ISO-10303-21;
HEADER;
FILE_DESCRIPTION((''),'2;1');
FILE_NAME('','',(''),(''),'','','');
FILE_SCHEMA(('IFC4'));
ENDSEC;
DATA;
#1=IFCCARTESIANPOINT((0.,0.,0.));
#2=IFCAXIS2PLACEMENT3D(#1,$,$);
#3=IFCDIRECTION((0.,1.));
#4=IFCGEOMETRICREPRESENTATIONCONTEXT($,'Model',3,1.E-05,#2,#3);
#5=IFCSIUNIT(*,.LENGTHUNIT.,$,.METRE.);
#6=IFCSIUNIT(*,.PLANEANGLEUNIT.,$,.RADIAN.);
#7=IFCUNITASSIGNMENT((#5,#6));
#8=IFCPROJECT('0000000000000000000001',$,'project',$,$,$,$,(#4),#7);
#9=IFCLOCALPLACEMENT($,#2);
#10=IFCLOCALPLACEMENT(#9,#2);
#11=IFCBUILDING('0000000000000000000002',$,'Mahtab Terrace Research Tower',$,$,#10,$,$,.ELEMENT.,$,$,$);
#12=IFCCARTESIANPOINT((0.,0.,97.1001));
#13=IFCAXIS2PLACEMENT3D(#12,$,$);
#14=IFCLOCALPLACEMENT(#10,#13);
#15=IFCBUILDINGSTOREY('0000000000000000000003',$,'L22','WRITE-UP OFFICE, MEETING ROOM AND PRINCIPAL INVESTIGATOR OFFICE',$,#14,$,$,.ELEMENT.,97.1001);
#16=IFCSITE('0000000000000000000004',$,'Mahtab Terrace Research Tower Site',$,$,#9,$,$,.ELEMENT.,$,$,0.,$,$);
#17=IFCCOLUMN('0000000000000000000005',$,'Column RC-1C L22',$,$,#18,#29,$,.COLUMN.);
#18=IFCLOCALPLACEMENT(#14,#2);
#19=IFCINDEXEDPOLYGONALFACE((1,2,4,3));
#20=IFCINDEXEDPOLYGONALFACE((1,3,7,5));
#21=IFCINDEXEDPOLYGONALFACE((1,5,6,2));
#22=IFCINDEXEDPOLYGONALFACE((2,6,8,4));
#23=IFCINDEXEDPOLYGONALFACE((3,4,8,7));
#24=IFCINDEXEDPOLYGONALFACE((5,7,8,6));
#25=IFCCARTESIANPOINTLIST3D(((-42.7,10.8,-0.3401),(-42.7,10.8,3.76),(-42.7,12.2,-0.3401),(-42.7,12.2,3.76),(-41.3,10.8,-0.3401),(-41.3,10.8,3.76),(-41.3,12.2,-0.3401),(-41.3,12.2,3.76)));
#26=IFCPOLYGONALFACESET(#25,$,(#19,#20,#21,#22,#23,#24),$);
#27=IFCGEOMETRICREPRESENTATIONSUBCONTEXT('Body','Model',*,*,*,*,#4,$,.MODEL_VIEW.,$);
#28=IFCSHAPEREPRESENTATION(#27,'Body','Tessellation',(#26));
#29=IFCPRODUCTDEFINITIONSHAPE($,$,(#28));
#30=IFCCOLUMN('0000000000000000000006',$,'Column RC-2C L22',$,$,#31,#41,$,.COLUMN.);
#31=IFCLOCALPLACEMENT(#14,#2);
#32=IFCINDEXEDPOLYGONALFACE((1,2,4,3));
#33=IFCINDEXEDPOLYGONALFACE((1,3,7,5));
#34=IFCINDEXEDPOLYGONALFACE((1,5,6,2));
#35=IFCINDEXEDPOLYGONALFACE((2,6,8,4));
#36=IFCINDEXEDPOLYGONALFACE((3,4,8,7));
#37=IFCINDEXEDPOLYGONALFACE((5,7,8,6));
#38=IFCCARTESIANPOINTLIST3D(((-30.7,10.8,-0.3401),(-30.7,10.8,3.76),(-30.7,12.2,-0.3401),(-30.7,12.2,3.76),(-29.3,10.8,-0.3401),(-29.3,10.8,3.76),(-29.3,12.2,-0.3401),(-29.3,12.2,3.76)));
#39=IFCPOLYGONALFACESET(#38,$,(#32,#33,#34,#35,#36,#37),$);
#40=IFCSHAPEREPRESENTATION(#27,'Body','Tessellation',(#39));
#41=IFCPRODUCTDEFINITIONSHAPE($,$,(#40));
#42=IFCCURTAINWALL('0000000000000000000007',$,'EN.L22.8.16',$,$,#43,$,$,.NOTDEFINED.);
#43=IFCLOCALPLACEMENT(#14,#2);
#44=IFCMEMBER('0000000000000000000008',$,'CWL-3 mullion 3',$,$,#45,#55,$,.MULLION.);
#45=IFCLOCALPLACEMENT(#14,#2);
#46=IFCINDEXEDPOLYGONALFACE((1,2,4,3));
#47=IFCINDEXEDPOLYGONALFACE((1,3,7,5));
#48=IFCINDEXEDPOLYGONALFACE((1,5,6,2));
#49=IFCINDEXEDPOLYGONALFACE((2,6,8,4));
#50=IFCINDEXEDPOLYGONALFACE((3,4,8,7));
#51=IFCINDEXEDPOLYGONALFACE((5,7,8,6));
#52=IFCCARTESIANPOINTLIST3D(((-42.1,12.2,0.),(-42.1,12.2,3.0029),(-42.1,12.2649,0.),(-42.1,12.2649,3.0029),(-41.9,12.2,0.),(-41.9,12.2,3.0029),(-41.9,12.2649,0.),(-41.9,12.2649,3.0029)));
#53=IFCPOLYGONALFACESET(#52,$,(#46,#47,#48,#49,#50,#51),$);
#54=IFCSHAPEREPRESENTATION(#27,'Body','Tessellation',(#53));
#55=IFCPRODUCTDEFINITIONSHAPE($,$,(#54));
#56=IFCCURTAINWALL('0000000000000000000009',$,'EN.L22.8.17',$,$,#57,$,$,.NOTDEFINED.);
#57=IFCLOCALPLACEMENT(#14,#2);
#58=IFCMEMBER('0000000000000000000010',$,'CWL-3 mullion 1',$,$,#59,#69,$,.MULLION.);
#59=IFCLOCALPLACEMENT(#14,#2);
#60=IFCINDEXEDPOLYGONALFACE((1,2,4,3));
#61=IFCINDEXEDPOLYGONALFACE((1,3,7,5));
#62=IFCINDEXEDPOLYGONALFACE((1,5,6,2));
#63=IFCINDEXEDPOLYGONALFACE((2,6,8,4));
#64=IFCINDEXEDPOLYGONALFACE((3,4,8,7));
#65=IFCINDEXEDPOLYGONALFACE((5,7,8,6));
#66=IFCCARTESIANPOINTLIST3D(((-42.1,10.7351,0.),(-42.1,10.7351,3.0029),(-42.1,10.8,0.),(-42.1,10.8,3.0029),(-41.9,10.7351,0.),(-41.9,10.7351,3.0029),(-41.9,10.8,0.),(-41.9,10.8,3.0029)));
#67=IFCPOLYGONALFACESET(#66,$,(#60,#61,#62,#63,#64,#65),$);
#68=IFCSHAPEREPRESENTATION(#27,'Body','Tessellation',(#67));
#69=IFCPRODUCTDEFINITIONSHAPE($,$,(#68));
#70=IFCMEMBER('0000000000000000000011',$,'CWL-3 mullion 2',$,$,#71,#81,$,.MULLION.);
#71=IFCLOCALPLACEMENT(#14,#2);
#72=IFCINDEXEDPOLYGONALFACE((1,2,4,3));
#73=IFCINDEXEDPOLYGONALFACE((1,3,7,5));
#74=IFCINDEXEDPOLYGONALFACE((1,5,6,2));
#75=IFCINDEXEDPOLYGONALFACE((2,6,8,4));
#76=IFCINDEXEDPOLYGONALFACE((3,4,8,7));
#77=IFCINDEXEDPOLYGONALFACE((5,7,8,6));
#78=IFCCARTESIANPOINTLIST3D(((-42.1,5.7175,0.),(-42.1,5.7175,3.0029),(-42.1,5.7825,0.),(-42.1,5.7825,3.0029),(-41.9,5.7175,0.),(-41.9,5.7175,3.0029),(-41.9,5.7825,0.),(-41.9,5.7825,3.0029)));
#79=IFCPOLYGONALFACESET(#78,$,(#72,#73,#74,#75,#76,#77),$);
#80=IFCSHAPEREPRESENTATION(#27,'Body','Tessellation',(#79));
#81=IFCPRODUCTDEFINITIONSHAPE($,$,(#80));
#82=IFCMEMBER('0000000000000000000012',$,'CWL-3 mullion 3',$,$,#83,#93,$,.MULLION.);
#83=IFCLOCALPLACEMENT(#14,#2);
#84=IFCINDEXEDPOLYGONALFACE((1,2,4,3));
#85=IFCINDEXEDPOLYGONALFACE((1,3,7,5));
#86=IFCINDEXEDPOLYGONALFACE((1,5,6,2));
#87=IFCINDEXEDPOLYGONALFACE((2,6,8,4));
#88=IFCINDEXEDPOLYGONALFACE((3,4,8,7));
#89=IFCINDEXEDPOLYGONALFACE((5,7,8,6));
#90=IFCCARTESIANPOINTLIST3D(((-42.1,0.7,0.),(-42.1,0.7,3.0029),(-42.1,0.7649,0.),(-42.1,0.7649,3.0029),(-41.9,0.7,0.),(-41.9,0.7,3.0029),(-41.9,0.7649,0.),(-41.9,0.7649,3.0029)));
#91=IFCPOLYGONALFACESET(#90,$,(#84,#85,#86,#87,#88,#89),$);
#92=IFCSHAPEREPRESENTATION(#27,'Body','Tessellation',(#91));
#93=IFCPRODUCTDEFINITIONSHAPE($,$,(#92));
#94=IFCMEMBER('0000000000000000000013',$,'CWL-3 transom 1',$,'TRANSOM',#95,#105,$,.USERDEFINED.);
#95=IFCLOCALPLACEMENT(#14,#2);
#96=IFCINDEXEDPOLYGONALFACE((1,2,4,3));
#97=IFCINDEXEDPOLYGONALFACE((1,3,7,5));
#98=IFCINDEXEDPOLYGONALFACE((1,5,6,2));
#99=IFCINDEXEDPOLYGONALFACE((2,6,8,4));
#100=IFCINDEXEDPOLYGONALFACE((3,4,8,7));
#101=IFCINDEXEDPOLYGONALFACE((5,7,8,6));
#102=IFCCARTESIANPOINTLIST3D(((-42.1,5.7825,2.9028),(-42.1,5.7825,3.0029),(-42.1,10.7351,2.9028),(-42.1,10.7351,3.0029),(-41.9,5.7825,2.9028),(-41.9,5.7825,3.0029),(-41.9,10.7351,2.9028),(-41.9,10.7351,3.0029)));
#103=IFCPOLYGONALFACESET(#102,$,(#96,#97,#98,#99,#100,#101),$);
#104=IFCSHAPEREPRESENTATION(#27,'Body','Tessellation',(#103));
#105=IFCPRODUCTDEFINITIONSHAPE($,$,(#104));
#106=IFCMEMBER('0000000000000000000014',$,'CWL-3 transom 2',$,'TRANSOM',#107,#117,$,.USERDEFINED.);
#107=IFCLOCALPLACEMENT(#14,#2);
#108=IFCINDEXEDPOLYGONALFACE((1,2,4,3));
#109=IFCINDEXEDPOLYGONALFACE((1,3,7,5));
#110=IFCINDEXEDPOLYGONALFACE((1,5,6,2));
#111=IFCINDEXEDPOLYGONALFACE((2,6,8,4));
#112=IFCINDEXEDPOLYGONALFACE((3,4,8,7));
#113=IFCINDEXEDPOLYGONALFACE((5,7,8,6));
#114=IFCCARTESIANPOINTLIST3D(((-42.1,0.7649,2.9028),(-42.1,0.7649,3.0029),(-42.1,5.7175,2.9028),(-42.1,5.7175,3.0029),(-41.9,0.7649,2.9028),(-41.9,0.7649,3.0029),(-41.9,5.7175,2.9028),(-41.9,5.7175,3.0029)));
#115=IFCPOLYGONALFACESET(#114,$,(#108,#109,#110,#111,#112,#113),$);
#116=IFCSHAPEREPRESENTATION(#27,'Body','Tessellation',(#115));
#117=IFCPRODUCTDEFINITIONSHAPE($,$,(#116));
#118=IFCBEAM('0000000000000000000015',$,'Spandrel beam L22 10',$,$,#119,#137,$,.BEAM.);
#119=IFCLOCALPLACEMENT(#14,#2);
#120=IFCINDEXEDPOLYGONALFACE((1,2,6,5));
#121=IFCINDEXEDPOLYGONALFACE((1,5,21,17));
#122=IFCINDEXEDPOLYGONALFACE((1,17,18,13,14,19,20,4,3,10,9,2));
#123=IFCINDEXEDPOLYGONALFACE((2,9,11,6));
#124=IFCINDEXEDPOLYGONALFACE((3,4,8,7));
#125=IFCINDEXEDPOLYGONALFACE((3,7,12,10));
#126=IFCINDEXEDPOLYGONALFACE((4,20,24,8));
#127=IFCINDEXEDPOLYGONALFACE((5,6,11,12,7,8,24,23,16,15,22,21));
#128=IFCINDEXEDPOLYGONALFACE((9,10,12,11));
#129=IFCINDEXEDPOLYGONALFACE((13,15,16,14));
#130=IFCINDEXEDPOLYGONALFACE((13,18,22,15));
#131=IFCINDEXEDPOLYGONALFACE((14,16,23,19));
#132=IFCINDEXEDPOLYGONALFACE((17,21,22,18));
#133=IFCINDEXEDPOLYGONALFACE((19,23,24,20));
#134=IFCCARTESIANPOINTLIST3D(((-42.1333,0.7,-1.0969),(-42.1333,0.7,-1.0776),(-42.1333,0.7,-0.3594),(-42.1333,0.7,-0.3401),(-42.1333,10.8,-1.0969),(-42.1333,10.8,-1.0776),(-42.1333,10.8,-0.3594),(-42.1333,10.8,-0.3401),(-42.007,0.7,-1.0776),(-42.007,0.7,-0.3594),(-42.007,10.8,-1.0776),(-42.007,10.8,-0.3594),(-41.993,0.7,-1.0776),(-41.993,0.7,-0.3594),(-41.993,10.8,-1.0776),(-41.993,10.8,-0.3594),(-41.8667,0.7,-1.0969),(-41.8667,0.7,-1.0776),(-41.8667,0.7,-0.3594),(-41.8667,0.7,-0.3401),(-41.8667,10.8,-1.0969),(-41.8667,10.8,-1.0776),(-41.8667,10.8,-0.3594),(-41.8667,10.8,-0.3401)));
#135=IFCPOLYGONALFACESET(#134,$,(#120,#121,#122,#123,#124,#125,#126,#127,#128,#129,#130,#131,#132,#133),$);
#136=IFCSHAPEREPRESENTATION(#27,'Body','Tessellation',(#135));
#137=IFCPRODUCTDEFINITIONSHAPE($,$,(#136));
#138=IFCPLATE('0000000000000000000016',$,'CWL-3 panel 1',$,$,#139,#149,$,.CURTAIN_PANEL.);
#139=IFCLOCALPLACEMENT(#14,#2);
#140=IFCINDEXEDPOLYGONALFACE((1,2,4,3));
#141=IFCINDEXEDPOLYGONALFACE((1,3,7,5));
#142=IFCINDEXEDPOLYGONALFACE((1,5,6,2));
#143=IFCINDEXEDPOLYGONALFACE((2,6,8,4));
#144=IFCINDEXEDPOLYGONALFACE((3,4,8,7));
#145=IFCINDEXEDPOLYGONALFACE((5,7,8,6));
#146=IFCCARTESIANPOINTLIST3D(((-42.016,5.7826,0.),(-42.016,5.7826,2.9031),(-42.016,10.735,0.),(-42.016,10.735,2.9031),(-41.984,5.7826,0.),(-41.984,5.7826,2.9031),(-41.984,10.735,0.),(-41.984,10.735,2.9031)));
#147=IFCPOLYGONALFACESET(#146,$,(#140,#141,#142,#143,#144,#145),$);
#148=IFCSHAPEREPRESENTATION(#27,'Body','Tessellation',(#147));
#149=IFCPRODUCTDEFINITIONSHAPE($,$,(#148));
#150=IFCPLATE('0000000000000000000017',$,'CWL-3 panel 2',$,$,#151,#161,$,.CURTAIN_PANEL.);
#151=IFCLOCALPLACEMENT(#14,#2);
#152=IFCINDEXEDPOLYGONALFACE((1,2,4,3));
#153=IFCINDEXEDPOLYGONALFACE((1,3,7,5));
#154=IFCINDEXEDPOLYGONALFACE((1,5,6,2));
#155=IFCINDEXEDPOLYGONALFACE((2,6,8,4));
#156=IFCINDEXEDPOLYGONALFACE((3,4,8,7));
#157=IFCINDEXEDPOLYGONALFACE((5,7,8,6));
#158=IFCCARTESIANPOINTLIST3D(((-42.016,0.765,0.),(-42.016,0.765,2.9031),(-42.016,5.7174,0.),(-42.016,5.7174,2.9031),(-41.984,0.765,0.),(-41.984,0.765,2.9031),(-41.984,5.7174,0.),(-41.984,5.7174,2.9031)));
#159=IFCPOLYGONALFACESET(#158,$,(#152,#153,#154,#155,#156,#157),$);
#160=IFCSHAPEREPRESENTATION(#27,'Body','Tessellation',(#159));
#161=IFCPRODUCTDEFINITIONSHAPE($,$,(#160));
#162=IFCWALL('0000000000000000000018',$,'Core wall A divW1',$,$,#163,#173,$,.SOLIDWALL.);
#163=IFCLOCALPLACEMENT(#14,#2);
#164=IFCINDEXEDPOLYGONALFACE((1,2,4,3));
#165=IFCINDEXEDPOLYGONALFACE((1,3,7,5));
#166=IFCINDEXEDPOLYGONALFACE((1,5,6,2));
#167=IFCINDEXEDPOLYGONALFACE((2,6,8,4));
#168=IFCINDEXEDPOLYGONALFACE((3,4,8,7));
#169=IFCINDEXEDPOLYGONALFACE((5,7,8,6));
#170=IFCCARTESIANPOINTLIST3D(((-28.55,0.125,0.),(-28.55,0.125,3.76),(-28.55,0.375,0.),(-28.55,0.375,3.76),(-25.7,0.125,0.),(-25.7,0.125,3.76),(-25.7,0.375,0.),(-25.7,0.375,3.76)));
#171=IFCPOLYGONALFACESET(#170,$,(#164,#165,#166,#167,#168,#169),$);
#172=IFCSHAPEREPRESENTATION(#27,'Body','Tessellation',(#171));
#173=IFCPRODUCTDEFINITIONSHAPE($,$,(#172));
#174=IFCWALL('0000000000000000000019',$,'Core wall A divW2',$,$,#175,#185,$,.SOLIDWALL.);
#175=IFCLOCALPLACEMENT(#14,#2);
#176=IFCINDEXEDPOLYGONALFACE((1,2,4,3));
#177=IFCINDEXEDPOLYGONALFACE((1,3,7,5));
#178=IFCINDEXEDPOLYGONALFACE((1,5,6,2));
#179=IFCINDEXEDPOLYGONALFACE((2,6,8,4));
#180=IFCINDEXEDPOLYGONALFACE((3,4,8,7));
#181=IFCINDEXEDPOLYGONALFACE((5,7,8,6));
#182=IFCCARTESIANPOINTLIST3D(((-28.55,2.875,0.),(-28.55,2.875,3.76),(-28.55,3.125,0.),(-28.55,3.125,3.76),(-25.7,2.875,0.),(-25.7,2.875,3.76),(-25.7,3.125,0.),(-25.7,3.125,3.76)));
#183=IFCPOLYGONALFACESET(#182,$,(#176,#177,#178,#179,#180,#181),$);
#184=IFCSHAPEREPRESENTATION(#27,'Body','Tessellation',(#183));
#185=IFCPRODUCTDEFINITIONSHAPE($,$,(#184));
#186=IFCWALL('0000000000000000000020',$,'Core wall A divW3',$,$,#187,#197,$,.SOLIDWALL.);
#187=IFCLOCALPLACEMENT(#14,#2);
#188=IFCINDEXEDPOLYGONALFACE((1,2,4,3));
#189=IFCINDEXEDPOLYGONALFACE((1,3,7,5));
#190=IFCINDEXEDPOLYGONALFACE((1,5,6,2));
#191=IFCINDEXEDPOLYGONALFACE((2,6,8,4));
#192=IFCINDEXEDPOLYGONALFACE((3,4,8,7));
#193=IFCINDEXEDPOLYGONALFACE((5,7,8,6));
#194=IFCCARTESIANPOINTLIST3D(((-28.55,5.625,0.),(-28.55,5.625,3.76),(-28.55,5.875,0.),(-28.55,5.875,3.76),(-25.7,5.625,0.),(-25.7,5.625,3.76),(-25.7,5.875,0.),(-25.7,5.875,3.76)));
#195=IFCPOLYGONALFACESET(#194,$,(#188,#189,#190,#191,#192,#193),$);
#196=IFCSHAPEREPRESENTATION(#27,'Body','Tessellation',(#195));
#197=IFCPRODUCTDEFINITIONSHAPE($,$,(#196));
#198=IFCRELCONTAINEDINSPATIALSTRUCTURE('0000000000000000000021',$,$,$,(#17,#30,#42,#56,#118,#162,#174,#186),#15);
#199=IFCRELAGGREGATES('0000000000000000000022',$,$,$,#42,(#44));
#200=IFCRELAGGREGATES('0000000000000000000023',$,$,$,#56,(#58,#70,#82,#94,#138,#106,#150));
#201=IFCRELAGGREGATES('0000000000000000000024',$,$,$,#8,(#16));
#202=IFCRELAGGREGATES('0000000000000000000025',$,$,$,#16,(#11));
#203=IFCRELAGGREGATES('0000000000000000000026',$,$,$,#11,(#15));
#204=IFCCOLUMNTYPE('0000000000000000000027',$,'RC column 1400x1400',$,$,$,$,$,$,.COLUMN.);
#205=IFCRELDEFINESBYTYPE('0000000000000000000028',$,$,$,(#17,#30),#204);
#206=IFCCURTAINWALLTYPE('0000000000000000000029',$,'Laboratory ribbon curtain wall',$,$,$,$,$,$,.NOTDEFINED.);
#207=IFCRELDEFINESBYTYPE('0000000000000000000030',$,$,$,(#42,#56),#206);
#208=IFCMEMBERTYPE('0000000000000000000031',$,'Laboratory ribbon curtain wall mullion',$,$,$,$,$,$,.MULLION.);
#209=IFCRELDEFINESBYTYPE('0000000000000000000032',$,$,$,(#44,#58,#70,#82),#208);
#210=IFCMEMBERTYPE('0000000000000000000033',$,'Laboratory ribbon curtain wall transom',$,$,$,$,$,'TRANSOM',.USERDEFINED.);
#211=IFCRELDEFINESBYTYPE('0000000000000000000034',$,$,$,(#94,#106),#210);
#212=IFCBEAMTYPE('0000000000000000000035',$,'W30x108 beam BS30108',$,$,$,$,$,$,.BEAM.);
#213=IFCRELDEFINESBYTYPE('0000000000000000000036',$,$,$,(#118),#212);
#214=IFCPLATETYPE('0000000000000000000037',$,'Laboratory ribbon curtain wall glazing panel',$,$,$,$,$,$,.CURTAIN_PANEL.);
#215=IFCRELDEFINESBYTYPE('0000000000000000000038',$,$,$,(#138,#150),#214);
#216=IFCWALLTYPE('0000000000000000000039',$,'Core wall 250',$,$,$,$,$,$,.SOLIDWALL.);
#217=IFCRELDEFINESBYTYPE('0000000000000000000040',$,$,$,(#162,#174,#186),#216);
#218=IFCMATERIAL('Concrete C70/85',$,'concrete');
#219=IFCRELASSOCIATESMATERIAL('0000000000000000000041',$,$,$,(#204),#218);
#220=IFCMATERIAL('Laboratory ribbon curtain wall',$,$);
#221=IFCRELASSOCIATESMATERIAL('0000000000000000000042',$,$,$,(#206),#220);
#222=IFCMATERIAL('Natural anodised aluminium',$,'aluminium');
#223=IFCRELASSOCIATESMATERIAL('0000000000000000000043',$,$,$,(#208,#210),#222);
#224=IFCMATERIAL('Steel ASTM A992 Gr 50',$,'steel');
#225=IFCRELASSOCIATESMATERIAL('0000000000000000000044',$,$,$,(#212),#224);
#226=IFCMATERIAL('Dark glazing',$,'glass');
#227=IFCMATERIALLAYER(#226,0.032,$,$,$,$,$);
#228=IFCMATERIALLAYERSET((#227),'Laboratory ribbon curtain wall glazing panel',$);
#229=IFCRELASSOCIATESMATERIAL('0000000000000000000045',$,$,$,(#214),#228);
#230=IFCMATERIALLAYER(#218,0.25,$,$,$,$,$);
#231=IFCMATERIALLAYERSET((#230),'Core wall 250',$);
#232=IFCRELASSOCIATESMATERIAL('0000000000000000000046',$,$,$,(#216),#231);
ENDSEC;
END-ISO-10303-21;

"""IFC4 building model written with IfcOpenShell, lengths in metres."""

from ifc_helpers import new_model, si_unit, direction, frame, frame_2d, origin, origin_2d, place, context, subcontext, project, spatial, rectangle, i_section, extrude, material, layer, layer_set, material_profile, profile_set, type_object, element, aggregate, save


model = new_model("IFC4")

# Units and contexts
model_context = context("Model", 3, precision=1e-05, world=origin(), true_north=direction((0.0, 1.0)))
body_context = subcontext(model_context, "Body", "Model", "MODEL_VIEW")
ifc_project = project(units=[si_unit("LENGTHUNIT", "METRE"), si_unit("PLANEANGLEUNIT", "RADIAN")], contexts=[model_context])

# Site, building, storey
site_placement = place(None, origin())
site = spatial("IfcSite", under=ifc_project, at=site_placement, Name="Mahtab Terrace Research Tower Site", CompositionType="ELEMENT", RefElevation=0.0)
building_placement = place(site_placement, origin())
building = spatial("IfcBuilding", under=site, at=building_placement, Name="Mahtab Terrace Research Tower", CompositionType="ELEMENT")
storey_placement = place(building_placement, frame((0.0, 0.0, 97.1001)))
storey = spatial("IfcBuildingStorey", under=building, at=storey_placement, Name="L22", Description="WRITE-UP OFFICE, MEETING ROOM AND PRINCIPAL INVESTIGATOR OFFICE", CompositionType="ELEMENT", Elevation=97.1001)

# Columns
ifc_material_1 = material(Name="Concrete C70/85", Category="concrete")
ifc_material_profile_1 = material_profile(ifc_material_1, rectangle(XDim=1.3999, YDim=1.3999, at=origin_2d()), Name="RC column 1400x1400")
ifc_profile_set_1 = profile_set([ifc_material_profile_1], Name="Concrete C70/85")
column_type = type_object("IfcColumnType", Name="RC column 1400x1400", PredefinedType="COLUMN", material=ifc_profile_set_1)
for number, where, z_axis, x_axis, name in (
    (1, (-42.0, 11.5, -0.3401), (0.0, 0.0, 1.0), (1.0, 0.0, 0.0), "Column RC-1C L22"),
    (2, (-30.0, 11.5, -0.3401), (0.0, 0.0, 1.0), (1.0, 0.0, 0.0), "Column RC-2C L22"),
):
    element("IfcColumn", number, at=place(storey_placement, frame(where, z_axis=z_axis, x_axis=x_axis)), inside=storey, type_object=column_type, Name=name, PredefinedType="COLUMN", context=body_context, shape_type="SweptSolid", body=[
        extrude(rectangle(XDim=1.3999, YDim=1.3999, at=origin_2d()), origin(), (0.0, 0.0, 1.0), 4.1001),
    ])

# Curtain wall, member
ifc_material_2 = material(Name="Laboratory ribbon curtain wall")
curtain_wall_type = type_object("IfcCurtainWallType", Name="Laboratory ribbon curtain wall", PredefinedType="NOTDEFINED", material=ifc_material_2)
curtain_wall_1_placement = place(storey_placement, origin())
curtain_wall_1 = element("IfcCurtainWall", 3, at=curtain_wall_1_placement, inside=storey, type_object=curtain_wall_type, Name="EN.L22.8.16", PredefinedType="NOTDEFINED")
ifc_material_3 = material(Name="Natural anodised aluminium", Category="aluminium")
ifc_material_profile_2 = material_profile(ifc_material_3, rectangle(XDim=0.2, YDim=0.0649, at=origin_2d()), Name="MULLION 65x200")
ifc_profile_set_2 = profile_set([ifc_material_profile_2], Name="Natural anodised aluminium")
member_type_1 = type_object("IfcMemberType", Name="Laboratory ribbon curtain wall mullion", PredefinedType="MULLION", material=ifc_profile_set_2)
member_1_placement = place(storey_placement, frame((-42.0, 12.2324, 0.0), z_axis=(0.0, 0.0, 1.0), x_axis=(1.0, 0.0, 0.0)))
member_1 = element("IfcMember", 4, at=member_1_placement, type_object=member_type_1, Name="CWL-3 mullion 3", PredefinedType="MULLION", context=body_context, shape_type="SweptSolid", body=[
    extrude(rectangle(XDim=0.2, YDim=0.0649, at=origin_2d()), origin(), (0.0, 0.0, 1.0), 3.0029),
])
aggregate(curtain_wall_1, [member_1])

# Curtain wall, members
curtain_wall_2_placement = place(storey_placement, origin())
curtain_wall_2 = element("IfcCurtainWall", 5, at=curtain_wall_2_placement, inside=storey, type_object=curtain_wall_type, Name="EN.L22.8.17", PredefinedType="NOTDEFINED")
member_2_placement = place(storey_placement, frame((-42.0, 10.7676, 0.0), z_axis=(0.0, 0.0, 1.0), x_axis=(1.0, 0.0, 0.0)))
member_2 = element("IfcMember", 6, at=member_2_placement, type_object=member_type_1, Name="CWL-3 mullion 1", PredefinedType="MULLION", context=body_context, shape_type="SweptSolid", body=[
    extrude(rectangle(XDim=0.2, YDim=0.0649, at=origin_2d()), origin(), (0.0, 0.0, 1.0), 3.0029),
])
member_3_placement = place(storey_placement, frame((-42.0, 5.75, 0.0), z_axis=(0.0, 0.0, 1.0), x_axis=(1.0, 0.0, 0.0)))
member_3 = element("IfcMember", 7, at=member_3_placement, type_object=member_type_1, Name="CWL-3 mullion 2", PredefinedType="MULLION", context=body_context, shape_type="SweptSolid", body=[
    extrude(rectangle(XDim=0.2, YDim=0.0649, at=origin_2d()), origin(), (0.0, 0.0, 1.0), 3.0029),
])
member_4_placement = place(storey_placement, frame((-42.0, 0.7324, 0.0), z_axis=(0.0, 0.0, 1.0), x_axis=(1.0, 0.0, 0.0)))
member_4 = element("IfcMember", 8, at=member_4_placement, type_object=member_type_1, Name="CWL-3 mullion 3", PredefinedType="MULLION", context=body_context, shape_type="SweptSolid", body=[
    extrude(rectangle(XDim=0.2, YDim=0.0649, at=origin_2d()), origin(), (0.0, 0.0, 1.0), 3.0029),
])
ifc_material_profile_3 = material_profile(ifc_material_3, rectangle(XDim=0.2, YDim=0.1001, at=origin_2d()), Name="TRANSOM 100x200")
ifc_profile_set_3 = profile_set([ifc_material_profile_3], Name="Natural anodised aluminium")
member_type_2 = type_object("IfcMemberType", Name="Laboratory ribbon curtain wall transom", ElementType="TRANSOM", PredefinedType="USERDEFINED", material=ifc_profile_set_3)
member_5_placement = place(storey_placement, frame((-42.0, 10.7351, 2.9529), z_axis=(0.0, -1.0, 0.0), x_axis=(1.0, 0.0, 0.0)))
member_5 = element("IfcMember", 9, at=member_5_placement, type_object=member_type_2, Name="CWL-3 transom 1", ObjectType="TRANSOM", PredefinedType="USERDEFINED", context=body_context, shape_type="SweptSolid", body=[
    extrude(rectangle(XDim=0.2, YDim=0.1001, at=origin_2d()), origin(), (0.0, 0.0, 1.0), 4.9526),
])
member_6_placement = place(storey_placement, frame((-42.0, 5.7175, 2.9529), z_axis=(0.0, -1.0, 0.0), x_axis=(1.0, 0.0, 0.0)))
member_6 = element("IfcMember", 10, at=member_6_placement, type_object=member_type_2, Name="CWL-3 transom 2", ObjectType="TRANSOM", PredefinedType="USERDEFINED", context=body_context, shape_type="SweptSolid", body=[
    extrude(rectangle(XDim=0.2, YDim=0.1001, at=origin_2d()), origin(), (0.0, 0.0, 1.0), 4.9526),
])

# Beam
ifc_material_4 = material(Name="Steel ASTM A992 Gr 50", Category="steel")
ifc_material_profile_4 = material_profile(ifc_material_4, i_section(OverallWidth=0.2666, OverallDepth=0.7568, WebThickness=0.0139, FlangeThickness=0.0193, at=origin_2d()), Name="W30X108")
ifc_profile_set_4 = profile_set([ifc_material_profile_4], Name="Steel ASTM A992 Gr 50")
beam_type = type_object("IfcBeamType", Name="W30x108 beam BS30108", PredefinedType="BEAM", material=ifc_profile_set_4)
beam_placement = place(storey_placement, frame((-42.0, 10.8, -0.7185), z_axis=(0.0, -1.0, 0.0), x_axis=(1.0, 0.0, 0.0)))
element("IfcBeam", 11, at=beam_placement, inside=storey, type_object=beam_type, Name="Spandrel beam L22 10", PredefinedType="BEAM", context=body_context, shape_type="SweptSolid", body=[
    extrude(i_section(OverallWidth=0.2666, OverallDepth=0.7568, WebThickness=0.0139, FlangeThickness=0.0193, at=origin_2d()), origin(), (0.0, 0.0, 1.0), 10.1001),
])

# Plates
ifc_material_5 = material(Name="Dark glazing", Category="glass")
ifc_layer_1 = layer(ifc_material_5, 0.032)
ifc_layer_set_1 = layer_set([ifc_layer_1], Name="Laboratory ribbon curtain wall glazing panel")
plate_type = type_object("IfcPlateType", Name="Laboratory ribbon curtain wall glazing panel", PredefinedType="CURTAIN_PANEL", material=ifc_layer_set_1)
plate_1_placement = place(storey_placement, frame((-42.0, 8.2588, 0.0), z_axis=(0.0, 0.0, 1.0), x_axis=(0.0, -1.0, 0.0)))
plate_1 = element("IfcPlate", 12, at=plate_1_placement, type_object=plate_type, Name="CWL-3 panel 1", PredefinedType="CURTAIN_PANEL", context=body_context, shape_type="SweptSolid", body=[
    extrude(rectangle(XDim=4.9524, YDim=0.032, at=origin_2d()), origin(), (0.0, 0.0, 1.0), 2.9031),
])
plate_2_placement = place(storey_placement, frame((-42.0, 3.2412, 0.0), z_axis=(0.0, 0.0, 1.0), x_axis=(0.0, -1.0, 0.0)))
plate_2 = element("IfcPlate", 13, at=plate_2_placement, type_object=plate_type, Name="CWL-3 panel 2", PredefinedType="CURTAIN_PANEL", context=body_context, shape_type="SweptSolid", body=[
    extrude(rectangle(XDim=4.9524, YDim=0.032, at=origin_2d()), origin(), (0.0, 0.0, 1.0), 2.9031),
])
aggregate(curtain_wall_2, [member_2, member_3, member_4, member_5, plate_1, member_6, plate_2])

# Walls
ifc_layer_2 = layer(ifc_material_1, 0.25)
ifc_layer_set_2 = layer_set([ifc_layer_2], Name="Core wall 250")
wall_type = type_object("IfcWallType", Name="Core wall 250", PredefinedType="SOLIDWALL", material=ifc_layer_set_2)
for number, where, z_axis, x_axis, name in (
    (14, (-28.55, 0.25, 0.0), (0.0, 0.0, 1.0), (1.0, 0.0, 0.0), "Core wall A divW1"),
    (15, (-28.55, 3.0, 0.0), (0.0, 0.0, 1.0), (1.0, 0.0, 0.0), "Core wall A divW2"),
    (16, (-28.55, 5.75, 0.0), (0.0, 0.0, 1.0), (1.0, 0.0, 0.0), "Core wall A divW3"),
):
    element("IfcWall", number, at=place(storey_placement, frame(where, z_axis=z_axis, x_axis=x_axis)), inside=storey, type_object=wall_type, Name=name, PredefinedType="SOLIDWALL", context=body_context, shape_type="SweptSolid", body=[
        extrude(rectangle(XDim=2.8501, YDim=0.25, at=frame_2d((1.425, 0.0))), origin(), (0.0, 0.0, 1.0), 3.76),
    ])

save(model, "model.ifc")
